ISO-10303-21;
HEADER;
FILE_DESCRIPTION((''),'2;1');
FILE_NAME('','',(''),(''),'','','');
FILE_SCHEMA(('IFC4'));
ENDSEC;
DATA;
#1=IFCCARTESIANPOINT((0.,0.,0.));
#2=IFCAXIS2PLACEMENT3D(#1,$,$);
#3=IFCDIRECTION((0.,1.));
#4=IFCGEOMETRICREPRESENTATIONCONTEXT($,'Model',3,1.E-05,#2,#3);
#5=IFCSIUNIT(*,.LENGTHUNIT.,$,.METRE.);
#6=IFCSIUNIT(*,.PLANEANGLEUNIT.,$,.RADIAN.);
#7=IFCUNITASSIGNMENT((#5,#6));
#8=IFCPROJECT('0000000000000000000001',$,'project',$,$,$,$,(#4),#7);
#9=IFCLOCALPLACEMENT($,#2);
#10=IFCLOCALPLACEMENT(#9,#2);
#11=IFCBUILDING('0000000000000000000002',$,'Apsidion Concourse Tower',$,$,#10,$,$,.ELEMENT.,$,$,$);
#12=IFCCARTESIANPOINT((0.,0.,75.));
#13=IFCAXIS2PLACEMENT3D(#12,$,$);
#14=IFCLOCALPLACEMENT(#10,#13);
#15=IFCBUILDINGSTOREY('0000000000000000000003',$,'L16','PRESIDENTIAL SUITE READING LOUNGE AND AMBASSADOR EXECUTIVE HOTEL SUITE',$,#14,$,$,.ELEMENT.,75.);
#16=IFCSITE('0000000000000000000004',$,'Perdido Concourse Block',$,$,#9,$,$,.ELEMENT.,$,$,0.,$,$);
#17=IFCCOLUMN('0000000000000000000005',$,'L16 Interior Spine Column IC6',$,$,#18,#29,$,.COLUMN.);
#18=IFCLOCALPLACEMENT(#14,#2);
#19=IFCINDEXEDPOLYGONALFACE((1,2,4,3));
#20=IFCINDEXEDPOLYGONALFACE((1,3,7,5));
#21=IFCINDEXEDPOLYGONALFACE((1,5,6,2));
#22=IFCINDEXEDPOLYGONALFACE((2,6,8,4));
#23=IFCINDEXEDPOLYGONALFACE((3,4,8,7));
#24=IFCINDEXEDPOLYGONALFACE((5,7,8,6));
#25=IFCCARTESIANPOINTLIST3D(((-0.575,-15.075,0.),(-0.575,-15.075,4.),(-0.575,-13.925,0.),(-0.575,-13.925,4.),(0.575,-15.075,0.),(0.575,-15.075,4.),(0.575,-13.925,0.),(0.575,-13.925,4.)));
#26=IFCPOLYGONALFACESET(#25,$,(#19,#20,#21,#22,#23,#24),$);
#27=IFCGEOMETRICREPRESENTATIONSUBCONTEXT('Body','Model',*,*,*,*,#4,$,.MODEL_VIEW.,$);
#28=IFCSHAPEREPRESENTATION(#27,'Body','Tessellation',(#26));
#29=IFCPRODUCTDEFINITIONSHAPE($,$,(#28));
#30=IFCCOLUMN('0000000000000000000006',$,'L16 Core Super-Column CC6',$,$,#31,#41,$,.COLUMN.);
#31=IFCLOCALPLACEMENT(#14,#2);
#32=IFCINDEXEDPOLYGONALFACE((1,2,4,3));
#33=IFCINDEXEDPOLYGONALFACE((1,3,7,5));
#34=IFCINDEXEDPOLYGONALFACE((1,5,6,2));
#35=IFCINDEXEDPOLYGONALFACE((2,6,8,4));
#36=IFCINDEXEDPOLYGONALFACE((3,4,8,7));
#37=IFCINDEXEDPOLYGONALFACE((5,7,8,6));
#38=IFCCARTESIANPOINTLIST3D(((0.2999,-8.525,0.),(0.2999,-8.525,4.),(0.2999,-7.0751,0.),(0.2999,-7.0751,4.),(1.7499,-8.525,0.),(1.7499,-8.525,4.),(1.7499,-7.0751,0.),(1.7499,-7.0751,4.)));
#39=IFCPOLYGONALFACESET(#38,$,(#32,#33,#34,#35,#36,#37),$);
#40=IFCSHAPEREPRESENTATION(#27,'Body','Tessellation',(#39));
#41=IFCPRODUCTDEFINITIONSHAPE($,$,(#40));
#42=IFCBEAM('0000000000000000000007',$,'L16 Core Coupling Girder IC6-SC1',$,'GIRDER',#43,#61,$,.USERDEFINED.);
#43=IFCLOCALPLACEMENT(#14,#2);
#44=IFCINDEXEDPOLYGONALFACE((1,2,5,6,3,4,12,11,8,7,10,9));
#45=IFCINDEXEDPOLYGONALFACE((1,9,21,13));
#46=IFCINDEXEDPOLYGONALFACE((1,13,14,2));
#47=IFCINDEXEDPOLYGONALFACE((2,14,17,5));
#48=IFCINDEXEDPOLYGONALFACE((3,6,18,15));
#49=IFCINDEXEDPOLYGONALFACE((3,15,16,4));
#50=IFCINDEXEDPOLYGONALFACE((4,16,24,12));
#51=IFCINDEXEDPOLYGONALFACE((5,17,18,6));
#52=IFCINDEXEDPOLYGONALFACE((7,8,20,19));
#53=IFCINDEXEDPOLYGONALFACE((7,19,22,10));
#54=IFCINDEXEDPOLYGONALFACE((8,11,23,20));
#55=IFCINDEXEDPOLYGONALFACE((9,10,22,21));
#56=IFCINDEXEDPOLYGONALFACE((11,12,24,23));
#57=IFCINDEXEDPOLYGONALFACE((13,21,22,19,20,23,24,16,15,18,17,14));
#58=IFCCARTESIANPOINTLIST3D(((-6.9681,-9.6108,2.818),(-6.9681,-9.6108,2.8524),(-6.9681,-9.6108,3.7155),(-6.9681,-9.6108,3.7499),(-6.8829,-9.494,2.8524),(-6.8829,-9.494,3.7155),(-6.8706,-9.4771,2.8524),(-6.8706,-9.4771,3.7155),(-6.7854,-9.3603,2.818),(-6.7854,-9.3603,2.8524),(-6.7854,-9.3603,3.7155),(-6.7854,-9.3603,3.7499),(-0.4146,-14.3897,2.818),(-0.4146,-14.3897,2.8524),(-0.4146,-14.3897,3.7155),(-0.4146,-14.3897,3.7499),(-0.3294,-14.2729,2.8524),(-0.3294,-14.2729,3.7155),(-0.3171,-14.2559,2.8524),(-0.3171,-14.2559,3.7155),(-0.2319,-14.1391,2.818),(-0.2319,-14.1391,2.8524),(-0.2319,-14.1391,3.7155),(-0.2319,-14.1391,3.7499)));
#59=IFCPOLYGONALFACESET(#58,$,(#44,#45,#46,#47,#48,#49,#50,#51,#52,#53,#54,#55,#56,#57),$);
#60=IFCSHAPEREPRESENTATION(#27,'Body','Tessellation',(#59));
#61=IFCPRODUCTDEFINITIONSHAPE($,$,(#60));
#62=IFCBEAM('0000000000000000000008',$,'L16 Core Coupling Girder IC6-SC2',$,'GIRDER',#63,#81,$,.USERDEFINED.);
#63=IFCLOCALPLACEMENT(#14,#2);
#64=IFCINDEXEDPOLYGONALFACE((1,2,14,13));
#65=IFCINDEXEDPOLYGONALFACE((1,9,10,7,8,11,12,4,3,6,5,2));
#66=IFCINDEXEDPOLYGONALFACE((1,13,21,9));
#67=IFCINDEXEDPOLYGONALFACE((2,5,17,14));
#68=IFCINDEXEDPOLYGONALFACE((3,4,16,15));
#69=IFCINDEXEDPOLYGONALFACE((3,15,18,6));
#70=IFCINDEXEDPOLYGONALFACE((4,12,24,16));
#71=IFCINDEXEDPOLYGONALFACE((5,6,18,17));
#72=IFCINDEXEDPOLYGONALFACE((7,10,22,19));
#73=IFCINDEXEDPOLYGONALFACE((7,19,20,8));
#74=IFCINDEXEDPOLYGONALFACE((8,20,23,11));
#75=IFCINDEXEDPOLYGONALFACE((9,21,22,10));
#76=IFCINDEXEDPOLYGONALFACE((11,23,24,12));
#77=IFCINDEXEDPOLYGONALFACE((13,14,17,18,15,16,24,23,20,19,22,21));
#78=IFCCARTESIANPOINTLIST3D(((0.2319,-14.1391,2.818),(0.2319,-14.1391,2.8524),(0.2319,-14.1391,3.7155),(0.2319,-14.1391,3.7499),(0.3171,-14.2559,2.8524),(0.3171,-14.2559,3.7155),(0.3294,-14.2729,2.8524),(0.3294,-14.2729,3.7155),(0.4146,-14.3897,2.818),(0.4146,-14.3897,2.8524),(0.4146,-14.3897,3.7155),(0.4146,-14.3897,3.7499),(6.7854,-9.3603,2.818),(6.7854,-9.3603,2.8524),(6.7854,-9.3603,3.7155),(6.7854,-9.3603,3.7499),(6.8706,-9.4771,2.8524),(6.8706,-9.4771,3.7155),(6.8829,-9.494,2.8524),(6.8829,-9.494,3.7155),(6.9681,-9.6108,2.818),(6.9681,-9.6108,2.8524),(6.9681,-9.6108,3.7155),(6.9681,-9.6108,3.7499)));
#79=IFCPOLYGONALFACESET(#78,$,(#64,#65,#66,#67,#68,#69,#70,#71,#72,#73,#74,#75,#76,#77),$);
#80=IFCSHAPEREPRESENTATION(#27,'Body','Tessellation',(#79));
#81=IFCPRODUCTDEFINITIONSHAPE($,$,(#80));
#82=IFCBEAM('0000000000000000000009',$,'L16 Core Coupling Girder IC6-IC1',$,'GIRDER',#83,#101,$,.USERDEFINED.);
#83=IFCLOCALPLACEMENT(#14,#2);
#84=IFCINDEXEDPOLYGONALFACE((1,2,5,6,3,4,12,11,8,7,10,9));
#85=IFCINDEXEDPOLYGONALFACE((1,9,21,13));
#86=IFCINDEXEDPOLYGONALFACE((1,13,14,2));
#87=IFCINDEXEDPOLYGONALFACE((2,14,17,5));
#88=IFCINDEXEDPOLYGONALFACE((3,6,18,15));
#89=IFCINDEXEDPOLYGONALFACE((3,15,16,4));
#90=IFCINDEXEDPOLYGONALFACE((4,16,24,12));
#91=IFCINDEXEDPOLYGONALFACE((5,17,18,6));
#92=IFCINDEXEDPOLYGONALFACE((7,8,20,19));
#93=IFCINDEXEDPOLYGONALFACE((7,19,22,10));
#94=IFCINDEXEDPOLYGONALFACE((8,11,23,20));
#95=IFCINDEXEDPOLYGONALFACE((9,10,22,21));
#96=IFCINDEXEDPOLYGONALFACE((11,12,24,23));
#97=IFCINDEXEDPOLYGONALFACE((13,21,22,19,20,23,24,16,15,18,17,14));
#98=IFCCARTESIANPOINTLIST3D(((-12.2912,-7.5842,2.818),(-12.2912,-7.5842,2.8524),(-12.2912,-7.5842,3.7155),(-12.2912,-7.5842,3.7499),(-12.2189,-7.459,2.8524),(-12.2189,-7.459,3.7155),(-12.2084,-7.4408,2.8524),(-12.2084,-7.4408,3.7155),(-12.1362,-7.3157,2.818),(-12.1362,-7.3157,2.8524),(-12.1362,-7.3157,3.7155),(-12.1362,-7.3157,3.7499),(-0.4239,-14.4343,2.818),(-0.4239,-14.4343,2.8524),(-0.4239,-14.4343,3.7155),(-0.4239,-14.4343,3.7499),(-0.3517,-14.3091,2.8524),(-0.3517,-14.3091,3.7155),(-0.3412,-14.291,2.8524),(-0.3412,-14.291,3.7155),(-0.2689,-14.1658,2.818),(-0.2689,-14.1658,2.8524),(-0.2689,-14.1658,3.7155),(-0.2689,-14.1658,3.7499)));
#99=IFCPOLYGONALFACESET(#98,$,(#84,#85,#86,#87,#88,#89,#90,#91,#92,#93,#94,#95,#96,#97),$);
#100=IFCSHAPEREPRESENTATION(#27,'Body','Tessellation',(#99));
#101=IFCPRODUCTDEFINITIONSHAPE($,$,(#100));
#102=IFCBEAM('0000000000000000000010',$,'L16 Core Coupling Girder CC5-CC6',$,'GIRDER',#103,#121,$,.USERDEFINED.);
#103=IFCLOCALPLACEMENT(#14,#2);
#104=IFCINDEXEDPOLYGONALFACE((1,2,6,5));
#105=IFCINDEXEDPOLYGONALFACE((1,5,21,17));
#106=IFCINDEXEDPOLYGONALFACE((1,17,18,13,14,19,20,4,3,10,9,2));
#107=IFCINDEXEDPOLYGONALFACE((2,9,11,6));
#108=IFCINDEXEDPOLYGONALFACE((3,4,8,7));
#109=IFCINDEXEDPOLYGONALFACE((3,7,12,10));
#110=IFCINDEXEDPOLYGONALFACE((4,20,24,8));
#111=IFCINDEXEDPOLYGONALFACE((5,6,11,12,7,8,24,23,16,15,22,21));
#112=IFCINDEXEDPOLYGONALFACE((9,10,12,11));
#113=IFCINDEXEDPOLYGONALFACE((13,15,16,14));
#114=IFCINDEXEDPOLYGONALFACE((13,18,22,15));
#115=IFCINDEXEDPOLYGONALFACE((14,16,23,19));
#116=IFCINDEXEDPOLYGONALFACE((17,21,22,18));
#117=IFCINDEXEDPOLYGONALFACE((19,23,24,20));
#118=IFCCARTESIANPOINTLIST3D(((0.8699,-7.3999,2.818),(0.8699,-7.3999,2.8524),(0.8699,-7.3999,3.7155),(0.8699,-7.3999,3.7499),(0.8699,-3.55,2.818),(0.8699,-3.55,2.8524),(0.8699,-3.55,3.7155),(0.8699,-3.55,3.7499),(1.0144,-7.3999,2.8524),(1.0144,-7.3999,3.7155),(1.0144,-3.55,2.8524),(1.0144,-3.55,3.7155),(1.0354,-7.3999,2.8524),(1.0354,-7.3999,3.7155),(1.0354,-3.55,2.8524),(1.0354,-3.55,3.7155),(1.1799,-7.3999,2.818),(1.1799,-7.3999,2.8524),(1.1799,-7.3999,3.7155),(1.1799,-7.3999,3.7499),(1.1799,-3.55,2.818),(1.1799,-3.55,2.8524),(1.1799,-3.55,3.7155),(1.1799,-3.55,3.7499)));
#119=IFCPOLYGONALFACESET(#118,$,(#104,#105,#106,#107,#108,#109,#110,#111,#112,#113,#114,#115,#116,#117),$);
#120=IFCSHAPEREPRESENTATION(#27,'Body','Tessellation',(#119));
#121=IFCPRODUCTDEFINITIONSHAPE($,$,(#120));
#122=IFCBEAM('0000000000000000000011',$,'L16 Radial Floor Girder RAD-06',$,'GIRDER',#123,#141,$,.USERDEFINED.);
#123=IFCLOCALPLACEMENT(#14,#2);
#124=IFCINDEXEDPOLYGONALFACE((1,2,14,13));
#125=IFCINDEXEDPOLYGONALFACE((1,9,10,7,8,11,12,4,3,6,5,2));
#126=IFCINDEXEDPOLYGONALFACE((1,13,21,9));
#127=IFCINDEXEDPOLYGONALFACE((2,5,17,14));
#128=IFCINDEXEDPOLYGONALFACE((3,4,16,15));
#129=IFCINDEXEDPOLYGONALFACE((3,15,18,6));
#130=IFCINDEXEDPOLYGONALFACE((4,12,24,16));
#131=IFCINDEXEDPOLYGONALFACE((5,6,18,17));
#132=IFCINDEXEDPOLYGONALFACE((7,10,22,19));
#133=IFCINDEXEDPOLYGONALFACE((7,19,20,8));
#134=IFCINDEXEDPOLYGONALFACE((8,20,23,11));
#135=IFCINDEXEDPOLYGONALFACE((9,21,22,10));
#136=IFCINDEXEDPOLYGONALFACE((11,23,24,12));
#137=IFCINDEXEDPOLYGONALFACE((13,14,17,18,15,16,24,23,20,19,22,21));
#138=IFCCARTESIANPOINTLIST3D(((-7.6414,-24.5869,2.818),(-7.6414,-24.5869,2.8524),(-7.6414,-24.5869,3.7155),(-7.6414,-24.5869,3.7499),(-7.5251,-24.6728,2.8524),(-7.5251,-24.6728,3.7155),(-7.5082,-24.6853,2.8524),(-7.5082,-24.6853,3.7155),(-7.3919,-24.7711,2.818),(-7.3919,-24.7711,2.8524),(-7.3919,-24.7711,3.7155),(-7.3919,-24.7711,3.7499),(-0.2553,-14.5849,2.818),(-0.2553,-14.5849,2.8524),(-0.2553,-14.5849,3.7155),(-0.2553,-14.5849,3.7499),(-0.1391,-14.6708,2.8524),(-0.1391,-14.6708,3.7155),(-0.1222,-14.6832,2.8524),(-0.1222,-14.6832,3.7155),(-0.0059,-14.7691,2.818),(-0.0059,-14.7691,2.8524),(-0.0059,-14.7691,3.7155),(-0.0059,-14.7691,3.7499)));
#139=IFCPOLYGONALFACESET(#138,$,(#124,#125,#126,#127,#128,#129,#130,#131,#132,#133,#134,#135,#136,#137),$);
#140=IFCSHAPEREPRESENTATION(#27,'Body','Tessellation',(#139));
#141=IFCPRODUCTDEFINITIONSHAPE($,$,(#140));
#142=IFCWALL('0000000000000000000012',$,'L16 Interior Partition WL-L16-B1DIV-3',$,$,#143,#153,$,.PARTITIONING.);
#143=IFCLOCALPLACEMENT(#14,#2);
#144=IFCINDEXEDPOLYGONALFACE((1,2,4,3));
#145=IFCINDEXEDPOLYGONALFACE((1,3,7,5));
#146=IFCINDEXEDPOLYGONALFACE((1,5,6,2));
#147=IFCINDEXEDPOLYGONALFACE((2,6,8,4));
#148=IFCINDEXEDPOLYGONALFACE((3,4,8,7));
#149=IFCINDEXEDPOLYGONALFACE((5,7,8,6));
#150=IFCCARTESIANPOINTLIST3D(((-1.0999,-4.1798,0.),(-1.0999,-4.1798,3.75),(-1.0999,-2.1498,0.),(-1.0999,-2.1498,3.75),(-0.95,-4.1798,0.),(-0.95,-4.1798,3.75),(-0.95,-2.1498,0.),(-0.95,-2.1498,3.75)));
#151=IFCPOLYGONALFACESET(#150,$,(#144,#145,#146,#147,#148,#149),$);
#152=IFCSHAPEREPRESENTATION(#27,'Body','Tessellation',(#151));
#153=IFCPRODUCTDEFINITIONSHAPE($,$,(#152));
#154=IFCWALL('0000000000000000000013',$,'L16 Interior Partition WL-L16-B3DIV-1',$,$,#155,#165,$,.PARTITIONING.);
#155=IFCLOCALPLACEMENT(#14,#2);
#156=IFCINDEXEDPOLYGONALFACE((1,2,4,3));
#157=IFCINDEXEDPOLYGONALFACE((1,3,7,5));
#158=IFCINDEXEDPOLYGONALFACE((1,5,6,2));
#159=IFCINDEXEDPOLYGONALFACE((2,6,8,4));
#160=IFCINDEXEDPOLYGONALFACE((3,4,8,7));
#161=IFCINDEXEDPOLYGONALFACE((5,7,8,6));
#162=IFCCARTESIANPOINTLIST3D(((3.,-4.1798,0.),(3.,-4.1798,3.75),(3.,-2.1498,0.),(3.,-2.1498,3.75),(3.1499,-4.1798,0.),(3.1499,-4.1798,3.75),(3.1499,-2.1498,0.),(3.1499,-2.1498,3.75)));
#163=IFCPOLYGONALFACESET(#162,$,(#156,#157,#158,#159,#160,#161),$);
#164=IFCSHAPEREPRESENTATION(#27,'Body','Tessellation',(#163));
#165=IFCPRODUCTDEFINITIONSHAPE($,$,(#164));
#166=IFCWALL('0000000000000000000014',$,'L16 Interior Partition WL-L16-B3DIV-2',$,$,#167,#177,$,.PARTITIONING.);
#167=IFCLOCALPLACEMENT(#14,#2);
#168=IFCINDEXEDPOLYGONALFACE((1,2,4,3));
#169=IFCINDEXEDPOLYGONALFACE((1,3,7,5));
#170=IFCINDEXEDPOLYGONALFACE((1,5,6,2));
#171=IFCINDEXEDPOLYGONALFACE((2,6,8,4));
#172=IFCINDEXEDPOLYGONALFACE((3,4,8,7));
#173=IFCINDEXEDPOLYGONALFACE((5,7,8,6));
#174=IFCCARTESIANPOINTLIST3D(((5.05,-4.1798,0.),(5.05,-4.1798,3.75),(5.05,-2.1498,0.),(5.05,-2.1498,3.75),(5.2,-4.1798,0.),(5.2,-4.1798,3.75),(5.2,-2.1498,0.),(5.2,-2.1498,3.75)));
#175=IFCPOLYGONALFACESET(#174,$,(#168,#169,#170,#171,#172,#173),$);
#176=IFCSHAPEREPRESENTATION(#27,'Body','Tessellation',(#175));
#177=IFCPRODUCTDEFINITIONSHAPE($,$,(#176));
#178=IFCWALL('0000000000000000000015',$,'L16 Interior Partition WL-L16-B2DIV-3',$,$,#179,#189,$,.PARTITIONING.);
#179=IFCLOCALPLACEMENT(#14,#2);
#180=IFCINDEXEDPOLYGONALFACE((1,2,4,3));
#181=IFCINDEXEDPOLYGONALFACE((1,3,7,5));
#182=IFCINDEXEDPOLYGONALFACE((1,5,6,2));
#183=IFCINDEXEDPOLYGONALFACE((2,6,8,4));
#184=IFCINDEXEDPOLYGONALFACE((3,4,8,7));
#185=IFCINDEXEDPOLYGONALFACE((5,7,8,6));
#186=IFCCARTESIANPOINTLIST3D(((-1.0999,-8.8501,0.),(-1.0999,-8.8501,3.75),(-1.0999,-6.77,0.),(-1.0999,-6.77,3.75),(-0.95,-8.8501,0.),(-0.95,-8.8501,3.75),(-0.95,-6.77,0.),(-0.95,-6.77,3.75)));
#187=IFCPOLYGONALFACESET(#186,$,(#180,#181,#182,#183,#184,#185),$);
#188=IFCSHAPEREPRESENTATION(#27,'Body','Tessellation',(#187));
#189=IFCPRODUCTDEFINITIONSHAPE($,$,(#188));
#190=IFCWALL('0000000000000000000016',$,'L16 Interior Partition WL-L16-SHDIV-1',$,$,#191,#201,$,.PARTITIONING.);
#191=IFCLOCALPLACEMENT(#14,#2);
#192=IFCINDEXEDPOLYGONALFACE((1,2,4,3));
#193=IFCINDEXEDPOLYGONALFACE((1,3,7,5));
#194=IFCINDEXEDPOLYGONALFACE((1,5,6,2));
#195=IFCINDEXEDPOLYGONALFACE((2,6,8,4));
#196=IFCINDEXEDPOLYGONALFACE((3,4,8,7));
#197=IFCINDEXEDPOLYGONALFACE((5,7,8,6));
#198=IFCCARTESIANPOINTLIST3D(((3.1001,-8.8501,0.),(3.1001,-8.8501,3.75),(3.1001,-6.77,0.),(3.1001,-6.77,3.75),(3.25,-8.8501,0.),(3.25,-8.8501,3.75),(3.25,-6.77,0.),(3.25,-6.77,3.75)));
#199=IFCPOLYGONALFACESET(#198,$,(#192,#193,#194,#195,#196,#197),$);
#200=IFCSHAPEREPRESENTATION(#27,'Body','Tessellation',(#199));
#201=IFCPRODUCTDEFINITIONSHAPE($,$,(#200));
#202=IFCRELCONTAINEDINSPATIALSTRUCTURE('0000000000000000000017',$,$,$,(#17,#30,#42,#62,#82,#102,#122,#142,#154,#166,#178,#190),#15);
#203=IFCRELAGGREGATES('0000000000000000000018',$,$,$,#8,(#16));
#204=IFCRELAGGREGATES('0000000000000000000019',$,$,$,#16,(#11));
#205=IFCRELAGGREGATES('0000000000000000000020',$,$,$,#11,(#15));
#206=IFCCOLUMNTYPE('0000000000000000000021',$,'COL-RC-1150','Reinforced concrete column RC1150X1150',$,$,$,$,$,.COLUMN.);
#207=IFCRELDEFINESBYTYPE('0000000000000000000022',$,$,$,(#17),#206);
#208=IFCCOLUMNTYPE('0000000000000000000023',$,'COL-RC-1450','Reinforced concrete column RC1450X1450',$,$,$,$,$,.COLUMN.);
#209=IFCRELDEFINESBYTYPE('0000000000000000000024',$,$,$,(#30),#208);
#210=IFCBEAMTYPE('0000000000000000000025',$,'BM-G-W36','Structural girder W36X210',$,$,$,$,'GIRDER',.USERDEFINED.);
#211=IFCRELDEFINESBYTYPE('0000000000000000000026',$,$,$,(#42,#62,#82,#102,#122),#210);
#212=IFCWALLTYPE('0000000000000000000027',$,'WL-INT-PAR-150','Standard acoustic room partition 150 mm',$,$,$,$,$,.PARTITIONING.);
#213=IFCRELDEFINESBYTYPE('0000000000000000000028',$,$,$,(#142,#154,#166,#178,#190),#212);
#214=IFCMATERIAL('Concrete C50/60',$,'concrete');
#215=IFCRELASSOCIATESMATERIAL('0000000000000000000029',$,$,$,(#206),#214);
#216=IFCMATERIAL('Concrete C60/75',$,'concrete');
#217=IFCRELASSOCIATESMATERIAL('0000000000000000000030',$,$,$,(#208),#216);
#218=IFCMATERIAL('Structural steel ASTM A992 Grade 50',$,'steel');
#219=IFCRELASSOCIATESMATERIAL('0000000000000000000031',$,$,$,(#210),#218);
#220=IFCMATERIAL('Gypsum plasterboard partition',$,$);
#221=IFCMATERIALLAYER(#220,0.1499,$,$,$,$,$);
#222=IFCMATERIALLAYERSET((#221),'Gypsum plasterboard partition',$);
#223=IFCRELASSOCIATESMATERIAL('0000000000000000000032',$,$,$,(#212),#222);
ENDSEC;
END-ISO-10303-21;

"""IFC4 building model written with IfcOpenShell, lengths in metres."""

from ifc_helpers import new_model, si_unit, direction, frame, frame_2d, origin, origin_2d, place, context, subcontext, project, spatial, rectangle, i_section, extrude, material, layer, layer_set, material_profile, profile_set, type_object, element, save


model = new_model("IFC4")

# Units and contexts
model_context = context("Model", 3, precision=1e-05, world=origin(), true_north=direction((0.0, 1.0)))
body_context = subcontext(model_context, "Body", "Model", "MODEL_VIEW")
ifc_project = project(units=[si_unit("LENGTHUNIT", "METRE"), si_unit("PLANEANGLEUNIT", "RADIAN")], contexts=[model_context])

# Site, building, storey
site_placement = place(None, origin())
site = spatial("IfcSite", under=ifc_project, at=site_placement, Name="Perdido Concourse Block", CompositionType="ELEMENT", RefElevation=0.0)
building_placement = place(site_placement, origin())
building = spatial("IfcBuilding", under=site, at=building_placement, Name="Apsidion Concourse Tower", CompositionType="ELEMENT")
storey_placement = place(building_placement, frame((0.0, 0.0, 75.0)))
storey = spatial("IfcBuildingStorey", under=building, at=storey_placement, Name="L16", Description="PRESIDENTIAL SUITE READING LOUNGE AND AMBASSADOR EXECUTIVE HOTEL SUITE", CompositionType="ELEMENT", Elevation=75.0)

# Columns
ifc_material_1 = material(Name="Concrete C50/60", Category="concrete")
ifc_material_profile_1 = material_profile(ifc_material_1, rectangle(XDim=1.1499, YDim=1.1499, at=origin_2d()), Name="RC 1150x1150")
ifc_profile_set_1 = profile_set([ifc_material_profile_1], Name="Concrete C50/60")
column_type_1 = type_object("IfcColumnType", Name="COL-RC-1150", Description="Reinforced concrete column RC1150X1150", PredefinedType="COLUMN", material=ifc_profile_set_1)
column_1_placement = place(storey_placement, frame((0.0, -14.5, 0.0), z_axis=(0.0, 0.0, 1.0), x_axis=(1.0, 0.0, 0.0)))
element("IfcColumn", 1, at=column_1_placement, inside=storey, type_object=column_type_1, Name="L16 Interior Spine Column IC6", PredefinedType="COLUMN", context=body_context, shape_type="SweptSolid", body=[
    extrude(rectangle(XDim=1.1499, YDim=1.1499, at=origin_2d()), origin(), (0.0, 0.0, 1.0), 4.0),
])
ifc_material_2 = material(Name="Concrete C60/75", Category="concrete")
ifc_material_profile_2 = material_profile(ifc_material_2, rectangle(XDim=1.45, YDim=1.45, at=origin_2d()), Name="RC 1450x1450")
ifc_profile_set_2 = profile_set([ifc_material_profile_2], Name="Concrete C60/75")
column_type_2 = type_object("IfcColumnType", Name="COL-RC-1450", Description="Reinforced concrete column RC1450X1450", PredefinedType="COLUMN", material=ifc_profile_set_2)
column_2_placement = place(storey_placement, frame((1.0249, -7.8, 0.0), z_axis=(0.0, 0.0, 1.0), x_axis=(1.0, 0.0, 0.0)))
element("IfcColumn", 2, at=column_2_placement, inside=storey, type_object=column_type_2, Name="L16 Core Super-Column CC6", PredefinedType="COLUMN", context=body_context, shape_type="SweptSolid", body=[
    extrude(rectangle(XDim=1.45, YDim=1.45, at=origin_2d()), origin(), (0.0, 0.0, 1.0), 4.0),
])

# Beams
ifc_material_3 = material(Name="Structural steel ASTM A992 Grade 50", Category="steel")
ifc_material_profile_3 = material_profile(ifc_material_3, i_section(OverallWidth=0.3101, OverallDepth=0.9319, WebThickness=0.021, FlangeThickness=0.0344, at=origin_2d()), Name="W36X210")
ifc_profile_set_3 = profile_set([ifc_material_profile_3], Name="Structural steel ASTM A992 Grade 50")
beam_type = type_object("IfcBeamType", Name="BM-G-W36", Description="Structural girder W36X210", ElementType="GIRDER", PredefinedType="USERDEFINED", material=ifc_profile_set_3)
for number, where, z_axis, x_axis, name in (
    (3, (-0.3232, -14.2644, 3.2839), (-0.807993, 0.589191, 0.0), (-0.589191, -0.807993, 0.0), "L16 Core Coupling Girder IC6-SC1"),
    (4, (0.3232, -14.2644, 3.2839), (0.807993, 0.589191, 0.0), (-0.589191, 0.807993, 0.0), "L16 Core Coupling Girder IC6-SC2"),
):
    element("IfcBeam", number, at=place(storey_placement, frame(where, z_axis=z_axis, x_axis=x_axis)), inside=storey, type_object=beam_type, Name=name, ObjectType="GIRDER", PredefinedType="USERDEFINED", context=body_context, shape_type="SweptSolid", body=[
        extrude(i_section(OverallWidth=0.3101, OverallDepth=0.9319, WebThickness=0.021, FlangeThickness=0.0344, at=origin_2d()), origin(), (0.0, 0.0, 1.0), 8.1108),
    ])
beam_1_placement = place(storey_placement, frame((-0.3464, -14.3, 3.2839), z_axis=(-0.86607, 0.499922, 0.0), x_axis=(-0.499922, -0.86607, 0.0)))
element("IfcBeam", 5, at=beam_1_placement, inside=storey, type_object=beam_type, Name="L16 Core Coupling Girder IC6-IC1", ObjectType="GIRDER", PredefinedType="USERDEFINED", context=body_context, shape_type="SweptSolid", body=[
    extrude(i_section(OverallWidth=0.3101, OverallDepth=0.9319, WebThickness=0.021, FlangeThickness=0.0344, at=origin_2d()), origin(), (0.0, 0.0, 1.0), 13.7024),
])
beam_2_placement = place(storey_placement, frame((1.0249, -3.55, 3.2839), z_axis=(0.0, -1.0, 0.0), x_axis=(1.0, 0.0, 0.0)))
element("IfcBeam", 6, at=beam_2_placement, inside=storey, type_object=beam_type, Name="L16 Core Coupling Girder CC5-CC6", ObjectType="GIRDER", PredefinedType="USERDEFINED", context=body_context, shape_type="SweptSolid", body=[
    extrude(i_section(OverallWidth=0.3101, OverallDepth=0.9319, WebThickness=0.021, FlangeThickness=0.0344, at=origin_2d()), origin(), (0.0, 0.0, 1.0), 3.8499),
])
beam_3_placement = place(storey_placement, frame((-0.1306, -14.677, 3.2839), z_axis=(-0.594039, -0.804436, 0.0), x_axis=(0.804436, -0.594039, 0.0)))
element("IfcBeam", 7, at=beam_3_placement, inside=storey, type_object=beam_type, Name="L16 Radial Floor Girder RAD-06", ObjectType="GIRDER", PredefinedType="USERDEFINED", context=body_context, shape_type="SweptSolid", body=[
    extrude(i_section(OverallWidth=0.3101, OverallDepth=0.9319, WebThickness=0.021, FlangeThickness=0.0344, at=origin_2d()), origin(), (0.0, 0.0, 1.0), 12.4336),
])

# Walls
ifc_material_4 = material(Name="Gypsum plasterboard partition")
ifc_layer_1 = layer(ifc_material_4, 0.1499)
ifc_layer_set_1 = layer_set([ifc_layer_1], Name="Gypsum plasterboard partition")
wall_type_1 = type_object("IfcWallType", Name="WL-INT-PAR-150", Description="Standard acoustic room partition 150 mm", PredefinedType="PARTITIONING", material=ifc_layer_set_1)
for number, where, z_axis, x_axis, name in (
    (8, (-1.0249, -4.1799, 0.0), (0.0, 0.0, 1.0), (0.0, 1.0, 0.0), "L16 Interior Partition WL-L16-B1DIV-3"),
    (9, (3.075, -4.1799, 0.0), (0.0, 0.0, 1.0), (0.0, 1.0, 0.0), "L16 Interior Partition WL-L16-B3DIV-1"),
    (10, (5.125, -4.1799, 0.0), (0.0, 0.0, 1.0), (0.0, 1.0, 0.0), "L16 Interior Partition WL-L16-B3DIV-2"),
):
    element("IfcWall", number, at=place(storey_placement, frame(where, z_axis=z_axis, x_axis=x_axis)), inside=storey, type_object=wall_type_1, Name=name, PredefinedType="PARTITIONING", context=body_context, shape_type="SweptSolid", body=[
        extrude(rectangle(XDim=2.03, YDim=0.1499, at=frame_2d((1.0151, 0.0))), origin(), (0.0, 0.0, 1.0), 3.75),
    ])
for number, where, z_axis, x_axis, name in (
    (11, (-1.0249, -8.8501, 0.0), (0.0, 0.0, 1.0), (0.0, 1.0, 0.0), "L16 Interior Partition WL-L16-B2DIV-3"),
    (12, (3.175, -8.8501, 0.0), (0.0, 0.0, 1.0), (0.0, 1.0, 0.0), "L16 Interior Partition WL-L16-SHDIV-1"),
):
    element("IfcWall", number, at=place(storey_placement, frame(where, z_axis=z_axis, x_axis=x_axis)), inside=storey, type_object=wall_type_1, Name=name, PredefinedType="PARTITIONING", context=body_context, shape_type="SweptSolid", body=[
        extrude(rectangle(XDim=2.0801, YDim=0.1499, at=frame_2d((1.04, 0.0))), origin(), (0.0, 0.0, 1.0), 3.75),
    ])

save(model, "model.ifc")
